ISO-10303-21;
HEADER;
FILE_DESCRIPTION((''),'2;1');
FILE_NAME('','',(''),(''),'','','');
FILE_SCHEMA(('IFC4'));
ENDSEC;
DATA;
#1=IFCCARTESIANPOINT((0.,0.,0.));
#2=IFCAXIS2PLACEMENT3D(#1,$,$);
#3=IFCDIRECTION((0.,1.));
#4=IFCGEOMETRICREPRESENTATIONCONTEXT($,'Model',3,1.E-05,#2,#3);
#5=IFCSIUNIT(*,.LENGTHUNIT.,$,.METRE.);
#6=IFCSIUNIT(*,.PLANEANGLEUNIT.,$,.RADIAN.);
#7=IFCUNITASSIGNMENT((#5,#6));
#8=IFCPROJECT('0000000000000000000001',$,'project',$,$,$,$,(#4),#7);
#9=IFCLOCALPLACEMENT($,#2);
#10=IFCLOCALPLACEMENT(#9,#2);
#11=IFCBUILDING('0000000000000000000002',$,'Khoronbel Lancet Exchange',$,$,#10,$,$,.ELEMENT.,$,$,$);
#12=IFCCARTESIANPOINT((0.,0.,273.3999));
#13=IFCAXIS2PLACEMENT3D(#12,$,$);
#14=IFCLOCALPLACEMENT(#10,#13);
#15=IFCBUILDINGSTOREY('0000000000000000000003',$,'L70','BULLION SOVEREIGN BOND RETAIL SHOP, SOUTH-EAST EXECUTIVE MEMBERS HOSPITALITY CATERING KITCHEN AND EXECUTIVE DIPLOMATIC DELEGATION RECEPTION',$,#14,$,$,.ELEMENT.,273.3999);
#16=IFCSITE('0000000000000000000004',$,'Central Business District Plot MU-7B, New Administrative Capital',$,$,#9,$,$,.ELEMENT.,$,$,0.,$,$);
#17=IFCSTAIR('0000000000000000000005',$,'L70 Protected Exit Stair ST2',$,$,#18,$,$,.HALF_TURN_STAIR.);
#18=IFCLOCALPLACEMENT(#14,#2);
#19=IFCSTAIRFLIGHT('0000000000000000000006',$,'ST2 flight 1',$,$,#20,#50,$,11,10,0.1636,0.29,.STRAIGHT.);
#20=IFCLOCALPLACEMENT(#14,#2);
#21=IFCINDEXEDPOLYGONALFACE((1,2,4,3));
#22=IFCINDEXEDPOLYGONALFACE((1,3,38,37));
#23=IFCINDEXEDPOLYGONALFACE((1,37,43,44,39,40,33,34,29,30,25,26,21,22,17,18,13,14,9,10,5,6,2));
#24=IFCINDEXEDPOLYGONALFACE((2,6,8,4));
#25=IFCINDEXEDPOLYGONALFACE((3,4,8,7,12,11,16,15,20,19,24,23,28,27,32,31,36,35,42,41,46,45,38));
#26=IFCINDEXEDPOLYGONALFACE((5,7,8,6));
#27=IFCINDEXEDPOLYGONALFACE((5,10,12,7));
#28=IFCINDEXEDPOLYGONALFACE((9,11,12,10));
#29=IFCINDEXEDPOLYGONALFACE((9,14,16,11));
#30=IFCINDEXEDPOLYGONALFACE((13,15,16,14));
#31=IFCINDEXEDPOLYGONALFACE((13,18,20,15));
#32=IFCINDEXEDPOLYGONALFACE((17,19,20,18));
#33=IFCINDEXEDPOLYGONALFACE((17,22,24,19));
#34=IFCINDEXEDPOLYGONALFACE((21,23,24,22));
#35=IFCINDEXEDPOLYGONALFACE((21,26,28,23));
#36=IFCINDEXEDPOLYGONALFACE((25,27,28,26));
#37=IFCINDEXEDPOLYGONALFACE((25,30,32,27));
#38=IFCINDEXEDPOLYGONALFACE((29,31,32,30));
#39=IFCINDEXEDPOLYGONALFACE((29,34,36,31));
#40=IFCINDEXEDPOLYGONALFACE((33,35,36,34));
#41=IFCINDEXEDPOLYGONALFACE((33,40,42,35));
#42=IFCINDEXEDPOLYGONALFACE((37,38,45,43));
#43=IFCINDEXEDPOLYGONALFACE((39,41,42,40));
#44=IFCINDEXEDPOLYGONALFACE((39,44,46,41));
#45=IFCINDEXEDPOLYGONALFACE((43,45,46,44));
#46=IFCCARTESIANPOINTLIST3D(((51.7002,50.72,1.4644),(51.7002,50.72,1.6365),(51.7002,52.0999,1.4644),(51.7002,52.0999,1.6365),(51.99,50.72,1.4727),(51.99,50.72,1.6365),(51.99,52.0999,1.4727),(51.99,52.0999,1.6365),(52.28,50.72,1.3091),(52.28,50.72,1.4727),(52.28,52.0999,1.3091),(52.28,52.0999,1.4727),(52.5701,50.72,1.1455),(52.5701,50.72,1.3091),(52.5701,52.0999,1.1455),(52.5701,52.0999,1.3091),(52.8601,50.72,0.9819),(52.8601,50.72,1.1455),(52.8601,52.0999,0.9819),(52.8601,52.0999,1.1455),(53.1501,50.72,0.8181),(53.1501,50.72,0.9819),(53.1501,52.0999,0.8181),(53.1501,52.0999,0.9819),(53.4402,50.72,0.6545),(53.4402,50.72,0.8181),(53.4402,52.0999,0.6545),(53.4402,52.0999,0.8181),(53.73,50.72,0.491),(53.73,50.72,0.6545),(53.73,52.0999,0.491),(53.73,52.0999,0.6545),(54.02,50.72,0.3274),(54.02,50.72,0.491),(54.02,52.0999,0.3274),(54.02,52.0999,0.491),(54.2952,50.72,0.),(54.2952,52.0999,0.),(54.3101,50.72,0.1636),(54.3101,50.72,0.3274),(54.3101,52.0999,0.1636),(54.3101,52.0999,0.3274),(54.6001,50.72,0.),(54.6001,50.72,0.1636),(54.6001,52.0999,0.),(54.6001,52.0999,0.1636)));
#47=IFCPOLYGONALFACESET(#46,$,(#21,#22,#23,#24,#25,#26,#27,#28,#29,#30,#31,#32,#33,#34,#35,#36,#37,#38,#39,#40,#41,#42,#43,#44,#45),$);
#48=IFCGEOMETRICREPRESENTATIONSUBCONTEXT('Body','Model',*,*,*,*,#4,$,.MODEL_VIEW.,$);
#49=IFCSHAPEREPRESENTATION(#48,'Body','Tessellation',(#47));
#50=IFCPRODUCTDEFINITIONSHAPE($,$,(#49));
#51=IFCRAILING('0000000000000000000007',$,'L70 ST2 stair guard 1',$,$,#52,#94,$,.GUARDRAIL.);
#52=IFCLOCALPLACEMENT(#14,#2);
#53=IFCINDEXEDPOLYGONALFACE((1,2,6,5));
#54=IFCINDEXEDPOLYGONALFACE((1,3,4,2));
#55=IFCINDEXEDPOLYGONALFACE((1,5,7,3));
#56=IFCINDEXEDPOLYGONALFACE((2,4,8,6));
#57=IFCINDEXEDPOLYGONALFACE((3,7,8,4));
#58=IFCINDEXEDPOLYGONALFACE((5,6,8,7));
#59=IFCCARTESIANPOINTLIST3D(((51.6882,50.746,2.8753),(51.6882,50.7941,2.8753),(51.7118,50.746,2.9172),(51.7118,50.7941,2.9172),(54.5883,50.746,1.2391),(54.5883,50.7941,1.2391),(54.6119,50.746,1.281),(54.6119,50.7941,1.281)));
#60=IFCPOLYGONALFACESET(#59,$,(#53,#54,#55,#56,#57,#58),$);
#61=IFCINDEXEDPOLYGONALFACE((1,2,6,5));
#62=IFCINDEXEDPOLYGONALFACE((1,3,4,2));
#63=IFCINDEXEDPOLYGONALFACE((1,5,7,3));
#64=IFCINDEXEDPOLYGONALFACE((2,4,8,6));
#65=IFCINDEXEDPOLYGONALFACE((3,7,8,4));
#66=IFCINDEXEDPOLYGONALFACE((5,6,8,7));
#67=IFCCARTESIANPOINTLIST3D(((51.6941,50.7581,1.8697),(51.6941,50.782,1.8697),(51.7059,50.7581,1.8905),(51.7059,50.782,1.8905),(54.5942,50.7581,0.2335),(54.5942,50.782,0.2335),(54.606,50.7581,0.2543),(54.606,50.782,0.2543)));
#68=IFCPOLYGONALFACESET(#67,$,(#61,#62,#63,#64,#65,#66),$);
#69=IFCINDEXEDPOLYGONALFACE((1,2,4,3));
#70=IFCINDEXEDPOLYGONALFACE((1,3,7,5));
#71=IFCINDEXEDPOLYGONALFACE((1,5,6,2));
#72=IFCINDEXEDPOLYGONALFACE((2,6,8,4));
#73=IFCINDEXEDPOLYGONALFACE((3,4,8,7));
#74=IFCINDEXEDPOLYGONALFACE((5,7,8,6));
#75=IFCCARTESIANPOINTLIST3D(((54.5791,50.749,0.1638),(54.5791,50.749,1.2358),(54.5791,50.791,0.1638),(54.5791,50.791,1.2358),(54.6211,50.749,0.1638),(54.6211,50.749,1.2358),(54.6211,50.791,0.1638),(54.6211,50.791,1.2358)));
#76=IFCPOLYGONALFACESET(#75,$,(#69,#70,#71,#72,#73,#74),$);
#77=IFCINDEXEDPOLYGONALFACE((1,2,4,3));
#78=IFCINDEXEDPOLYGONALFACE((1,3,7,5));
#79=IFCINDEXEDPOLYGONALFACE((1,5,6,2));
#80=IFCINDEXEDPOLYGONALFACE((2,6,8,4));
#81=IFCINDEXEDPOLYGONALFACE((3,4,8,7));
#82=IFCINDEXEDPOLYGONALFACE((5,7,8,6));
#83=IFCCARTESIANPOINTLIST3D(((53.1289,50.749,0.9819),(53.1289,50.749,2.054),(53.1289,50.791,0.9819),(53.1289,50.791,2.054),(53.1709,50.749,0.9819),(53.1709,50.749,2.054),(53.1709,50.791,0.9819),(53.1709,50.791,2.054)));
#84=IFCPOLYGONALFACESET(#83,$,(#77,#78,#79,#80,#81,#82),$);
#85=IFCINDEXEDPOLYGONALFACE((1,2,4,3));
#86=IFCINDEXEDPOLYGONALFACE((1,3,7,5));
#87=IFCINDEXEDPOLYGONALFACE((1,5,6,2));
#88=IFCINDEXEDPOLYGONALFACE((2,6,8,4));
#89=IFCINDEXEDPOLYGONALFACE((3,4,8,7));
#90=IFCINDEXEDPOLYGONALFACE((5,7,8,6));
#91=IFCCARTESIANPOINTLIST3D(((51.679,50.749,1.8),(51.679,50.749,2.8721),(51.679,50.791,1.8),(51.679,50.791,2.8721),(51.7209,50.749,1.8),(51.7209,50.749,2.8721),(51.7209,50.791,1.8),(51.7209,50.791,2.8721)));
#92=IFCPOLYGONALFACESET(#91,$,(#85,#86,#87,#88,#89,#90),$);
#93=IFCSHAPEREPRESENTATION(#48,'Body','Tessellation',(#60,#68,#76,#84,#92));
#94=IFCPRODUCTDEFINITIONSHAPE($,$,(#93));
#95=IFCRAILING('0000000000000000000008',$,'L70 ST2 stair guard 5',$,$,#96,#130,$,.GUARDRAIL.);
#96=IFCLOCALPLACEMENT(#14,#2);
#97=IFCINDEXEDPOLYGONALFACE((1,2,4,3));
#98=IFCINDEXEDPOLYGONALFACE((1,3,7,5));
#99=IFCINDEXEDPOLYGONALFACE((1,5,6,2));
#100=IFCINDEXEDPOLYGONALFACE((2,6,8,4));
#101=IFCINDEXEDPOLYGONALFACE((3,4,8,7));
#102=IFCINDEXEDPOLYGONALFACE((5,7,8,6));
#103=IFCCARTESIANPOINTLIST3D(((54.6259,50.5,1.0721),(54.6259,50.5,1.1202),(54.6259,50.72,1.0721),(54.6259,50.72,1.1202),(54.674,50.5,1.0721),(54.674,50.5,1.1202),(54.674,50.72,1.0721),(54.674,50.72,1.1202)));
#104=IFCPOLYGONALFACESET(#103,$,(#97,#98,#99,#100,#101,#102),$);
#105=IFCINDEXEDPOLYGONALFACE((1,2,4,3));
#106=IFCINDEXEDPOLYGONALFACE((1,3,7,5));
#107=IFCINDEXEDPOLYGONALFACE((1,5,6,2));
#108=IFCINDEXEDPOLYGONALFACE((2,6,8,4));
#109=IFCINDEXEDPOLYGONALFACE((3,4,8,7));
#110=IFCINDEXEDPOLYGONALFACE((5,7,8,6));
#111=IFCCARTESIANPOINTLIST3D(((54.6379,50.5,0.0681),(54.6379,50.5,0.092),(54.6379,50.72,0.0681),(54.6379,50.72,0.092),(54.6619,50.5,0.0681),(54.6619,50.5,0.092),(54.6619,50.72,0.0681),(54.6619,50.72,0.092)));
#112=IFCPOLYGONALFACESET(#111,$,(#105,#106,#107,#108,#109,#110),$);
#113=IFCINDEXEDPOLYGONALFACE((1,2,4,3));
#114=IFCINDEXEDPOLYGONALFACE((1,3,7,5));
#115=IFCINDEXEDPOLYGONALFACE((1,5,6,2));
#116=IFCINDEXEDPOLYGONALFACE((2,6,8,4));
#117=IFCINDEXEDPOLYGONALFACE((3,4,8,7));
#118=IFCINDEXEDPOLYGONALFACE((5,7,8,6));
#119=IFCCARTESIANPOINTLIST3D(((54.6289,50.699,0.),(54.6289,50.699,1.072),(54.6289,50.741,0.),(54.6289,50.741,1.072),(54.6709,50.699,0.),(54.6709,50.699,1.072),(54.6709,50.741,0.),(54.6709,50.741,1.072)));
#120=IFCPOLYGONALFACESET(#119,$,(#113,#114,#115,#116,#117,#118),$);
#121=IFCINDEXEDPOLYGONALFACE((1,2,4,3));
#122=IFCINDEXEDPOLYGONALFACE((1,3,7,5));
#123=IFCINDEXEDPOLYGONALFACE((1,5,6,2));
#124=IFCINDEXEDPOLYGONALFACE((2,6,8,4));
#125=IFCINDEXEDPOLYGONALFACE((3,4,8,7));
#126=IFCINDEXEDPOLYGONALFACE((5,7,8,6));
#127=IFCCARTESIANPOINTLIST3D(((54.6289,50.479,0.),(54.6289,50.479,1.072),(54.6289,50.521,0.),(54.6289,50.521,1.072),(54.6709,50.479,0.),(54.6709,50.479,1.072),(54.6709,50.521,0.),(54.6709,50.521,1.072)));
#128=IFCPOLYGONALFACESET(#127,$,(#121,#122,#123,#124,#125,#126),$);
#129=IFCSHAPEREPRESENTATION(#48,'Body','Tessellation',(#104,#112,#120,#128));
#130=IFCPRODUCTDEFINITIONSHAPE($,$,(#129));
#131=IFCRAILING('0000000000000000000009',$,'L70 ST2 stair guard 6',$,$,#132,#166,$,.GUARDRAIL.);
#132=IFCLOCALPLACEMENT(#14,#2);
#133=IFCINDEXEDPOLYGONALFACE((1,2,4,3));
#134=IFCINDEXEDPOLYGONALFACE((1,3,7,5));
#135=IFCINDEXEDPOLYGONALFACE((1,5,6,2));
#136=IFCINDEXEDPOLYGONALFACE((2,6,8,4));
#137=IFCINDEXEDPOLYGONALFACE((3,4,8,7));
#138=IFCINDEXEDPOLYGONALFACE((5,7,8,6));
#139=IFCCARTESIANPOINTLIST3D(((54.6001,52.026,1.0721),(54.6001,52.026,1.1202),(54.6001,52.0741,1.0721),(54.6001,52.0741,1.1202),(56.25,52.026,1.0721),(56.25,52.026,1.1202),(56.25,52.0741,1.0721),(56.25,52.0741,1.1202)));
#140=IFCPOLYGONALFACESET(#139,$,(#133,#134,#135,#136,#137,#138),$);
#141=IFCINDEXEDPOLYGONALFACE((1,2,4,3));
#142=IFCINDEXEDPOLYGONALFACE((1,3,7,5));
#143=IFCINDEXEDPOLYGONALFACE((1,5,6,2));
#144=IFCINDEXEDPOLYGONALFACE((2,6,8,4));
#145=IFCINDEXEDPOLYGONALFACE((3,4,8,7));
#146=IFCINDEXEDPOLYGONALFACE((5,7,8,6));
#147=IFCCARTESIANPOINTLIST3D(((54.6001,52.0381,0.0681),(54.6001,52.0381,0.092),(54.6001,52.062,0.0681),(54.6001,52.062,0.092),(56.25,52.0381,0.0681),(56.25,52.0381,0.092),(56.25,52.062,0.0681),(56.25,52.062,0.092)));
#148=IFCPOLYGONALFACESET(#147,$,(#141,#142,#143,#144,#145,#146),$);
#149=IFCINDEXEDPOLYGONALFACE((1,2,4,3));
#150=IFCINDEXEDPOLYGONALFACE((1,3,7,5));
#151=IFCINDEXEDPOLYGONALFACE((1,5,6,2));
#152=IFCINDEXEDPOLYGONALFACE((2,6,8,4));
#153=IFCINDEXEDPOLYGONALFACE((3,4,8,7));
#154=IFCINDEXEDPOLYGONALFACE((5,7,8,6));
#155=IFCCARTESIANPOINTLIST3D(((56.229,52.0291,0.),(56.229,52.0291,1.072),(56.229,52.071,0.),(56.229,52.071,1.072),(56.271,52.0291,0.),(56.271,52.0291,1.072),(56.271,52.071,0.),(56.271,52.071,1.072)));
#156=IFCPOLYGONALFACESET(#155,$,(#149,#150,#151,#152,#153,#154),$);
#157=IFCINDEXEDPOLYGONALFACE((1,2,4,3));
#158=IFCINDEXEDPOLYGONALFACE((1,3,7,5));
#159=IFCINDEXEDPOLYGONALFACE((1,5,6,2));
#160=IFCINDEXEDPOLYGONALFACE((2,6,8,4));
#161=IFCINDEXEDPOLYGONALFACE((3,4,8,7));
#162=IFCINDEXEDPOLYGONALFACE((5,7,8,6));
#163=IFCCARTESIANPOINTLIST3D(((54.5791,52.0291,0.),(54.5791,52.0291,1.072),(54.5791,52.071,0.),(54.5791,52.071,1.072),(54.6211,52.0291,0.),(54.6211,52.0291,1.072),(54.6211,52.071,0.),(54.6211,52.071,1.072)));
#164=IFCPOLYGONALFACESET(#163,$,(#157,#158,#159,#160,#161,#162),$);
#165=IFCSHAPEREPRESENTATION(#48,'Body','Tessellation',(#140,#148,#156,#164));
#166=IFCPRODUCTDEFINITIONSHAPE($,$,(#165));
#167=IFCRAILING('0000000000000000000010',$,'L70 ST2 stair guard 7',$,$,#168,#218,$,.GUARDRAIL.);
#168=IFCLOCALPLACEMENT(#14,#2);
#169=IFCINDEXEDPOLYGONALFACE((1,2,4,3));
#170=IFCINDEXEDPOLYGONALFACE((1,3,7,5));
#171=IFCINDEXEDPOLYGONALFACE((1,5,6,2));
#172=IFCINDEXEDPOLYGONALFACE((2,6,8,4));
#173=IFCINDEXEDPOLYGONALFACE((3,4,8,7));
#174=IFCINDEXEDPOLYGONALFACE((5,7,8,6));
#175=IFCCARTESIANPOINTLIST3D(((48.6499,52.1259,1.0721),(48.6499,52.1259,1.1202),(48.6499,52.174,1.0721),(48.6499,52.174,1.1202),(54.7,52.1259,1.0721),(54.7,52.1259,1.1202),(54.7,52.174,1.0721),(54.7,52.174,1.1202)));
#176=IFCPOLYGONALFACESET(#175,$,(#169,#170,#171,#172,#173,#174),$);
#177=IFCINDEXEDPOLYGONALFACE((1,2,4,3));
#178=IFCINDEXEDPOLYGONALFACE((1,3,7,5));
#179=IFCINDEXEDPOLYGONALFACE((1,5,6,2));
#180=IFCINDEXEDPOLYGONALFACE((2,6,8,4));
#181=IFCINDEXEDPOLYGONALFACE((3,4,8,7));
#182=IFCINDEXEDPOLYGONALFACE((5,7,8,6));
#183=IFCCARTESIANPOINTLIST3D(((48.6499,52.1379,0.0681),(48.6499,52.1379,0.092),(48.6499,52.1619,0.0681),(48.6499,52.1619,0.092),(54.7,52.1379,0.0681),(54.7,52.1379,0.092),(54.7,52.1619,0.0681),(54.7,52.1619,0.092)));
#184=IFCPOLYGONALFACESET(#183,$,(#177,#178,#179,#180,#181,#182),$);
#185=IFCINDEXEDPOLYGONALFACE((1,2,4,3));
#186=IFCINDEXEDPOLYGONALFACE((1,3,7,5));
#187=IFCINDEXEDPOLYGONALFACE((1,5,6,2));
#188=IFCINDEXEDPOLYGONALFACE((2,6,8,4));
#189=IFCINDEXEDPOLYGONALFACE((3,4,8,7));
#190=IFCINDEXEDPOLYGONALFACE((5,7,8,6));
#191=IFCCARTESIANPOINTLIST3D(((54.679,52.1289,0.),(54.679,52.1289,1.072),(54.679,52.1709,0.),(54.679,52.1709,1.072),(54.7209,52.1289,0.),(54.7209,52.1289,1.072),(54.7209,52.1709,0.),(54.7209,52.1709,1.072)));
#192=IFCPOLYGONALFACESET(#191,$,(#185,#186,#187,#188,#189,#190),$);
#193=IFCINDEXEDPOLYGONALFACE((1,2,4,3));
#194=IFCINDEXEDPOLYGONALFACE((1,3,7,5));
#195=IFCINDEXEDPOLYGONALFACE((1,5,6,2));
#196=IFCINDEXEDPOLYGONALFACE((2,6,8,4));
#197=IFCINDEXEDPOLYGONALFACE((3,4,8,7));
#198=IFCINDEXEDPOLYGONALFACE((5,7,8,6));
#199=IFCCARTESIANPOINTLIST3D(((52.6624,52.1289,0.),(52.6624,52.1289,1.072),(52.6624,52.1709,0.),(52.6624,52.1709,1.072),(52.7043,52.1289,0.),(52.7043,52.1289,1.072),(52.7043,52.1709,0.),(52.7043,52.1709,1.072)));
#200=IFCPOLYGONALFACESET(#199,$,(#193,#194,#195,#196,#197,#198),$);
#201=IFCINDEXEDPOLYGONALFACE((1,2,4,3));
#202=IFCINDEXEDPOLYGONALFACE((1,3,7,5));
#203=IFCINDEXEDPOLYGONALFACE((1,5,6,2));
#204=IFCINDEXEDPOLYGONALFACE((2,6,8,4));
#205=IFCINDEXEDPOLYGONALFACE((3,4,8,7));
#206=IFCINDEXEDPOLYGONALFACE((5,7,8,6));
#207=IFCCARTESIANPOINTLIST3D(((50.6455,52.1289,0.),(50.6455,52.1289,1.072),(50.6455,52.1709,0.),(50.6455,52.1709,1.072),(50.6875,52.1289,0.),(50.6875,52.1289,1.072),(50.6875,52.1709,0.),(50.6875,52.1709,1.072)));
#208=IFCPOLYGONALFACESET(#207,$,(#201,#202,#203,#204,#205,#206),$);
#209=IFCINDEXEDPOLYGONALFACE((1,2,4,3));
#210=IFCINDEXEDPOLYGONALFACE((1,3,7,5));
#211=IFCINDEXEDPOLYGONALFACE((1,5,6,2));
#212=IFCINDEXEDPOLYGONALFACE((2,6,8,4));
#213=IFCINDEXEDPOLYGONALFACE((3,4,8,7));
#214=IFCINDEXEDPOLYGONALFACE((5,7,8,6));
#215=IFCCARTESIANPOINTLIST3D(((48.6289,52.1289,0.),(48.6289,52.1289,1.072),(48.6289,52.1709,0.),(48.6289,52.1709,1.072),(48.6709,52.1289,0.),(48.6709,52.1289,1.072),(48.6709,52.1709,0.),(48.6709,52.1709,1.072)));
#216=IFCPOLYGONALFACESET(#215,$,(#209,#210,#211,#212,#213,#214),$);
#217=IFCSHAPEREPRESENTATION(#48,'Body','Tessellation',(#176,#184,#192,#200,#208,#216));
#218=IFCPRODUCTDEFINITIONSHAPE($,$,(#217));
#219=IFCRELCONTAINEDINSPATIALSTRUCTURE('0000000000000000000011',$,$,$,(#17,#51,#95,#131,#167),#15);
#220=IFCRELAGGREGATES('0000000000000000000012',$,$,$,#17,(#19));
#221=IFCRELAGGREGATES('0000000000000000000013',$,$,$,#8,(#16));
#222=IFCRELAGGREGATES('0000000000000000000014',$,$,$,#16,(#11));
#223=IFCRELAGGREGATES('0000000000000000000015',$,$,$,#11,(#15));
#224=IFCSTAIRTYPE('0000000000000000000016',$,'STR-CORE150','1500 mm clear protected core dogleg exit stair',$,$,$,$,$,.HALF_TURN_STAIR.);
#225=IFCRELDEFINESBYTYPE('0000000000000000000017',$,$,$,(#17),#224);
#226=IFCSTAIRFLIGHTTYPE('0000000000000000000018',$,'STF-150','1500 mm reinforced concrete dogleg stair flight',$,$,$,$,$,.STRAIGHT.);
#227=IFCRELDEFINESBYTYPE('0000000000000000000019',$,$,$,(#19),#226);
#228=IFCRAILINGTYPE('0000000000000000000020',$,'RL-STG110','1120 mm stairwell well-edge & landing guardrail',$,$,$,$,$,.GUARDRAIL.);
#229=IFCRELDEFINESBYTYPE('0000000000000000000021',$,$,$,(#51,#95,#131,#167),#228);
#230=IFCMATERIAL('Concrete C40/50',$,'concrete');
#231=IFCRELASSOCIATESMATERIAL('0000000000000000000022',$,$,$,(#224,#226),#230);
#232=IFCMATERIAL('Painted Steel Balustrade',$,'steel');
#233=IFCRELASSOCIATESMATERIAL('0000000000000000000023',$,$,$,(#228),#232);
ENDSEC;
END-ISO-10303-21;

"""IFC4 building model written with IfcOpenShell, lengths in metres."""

from ifc_helpers import new_model, si_unit, direction, frame, origin, origin_2d, place, context, subcontext, project, spatial, polyline, rectangle, outline, extrude, material, type_object, element, aggregate, save


model = new_model("IFC4")

# Units and contexts
model_context = context("Model", 3, precision=1e-05, world=origin(), true_north=direction((0.0, 1.0)))
body_context = subcontext(model_context, "Body", "Model", "MODEL_VIEW")
ifc_project = project(units=[si_unit("LENGTHUNIT", "METRE"), si_unit("PLANEANGLEUNIT", "RADIAN")], contexts=[model_context])

# Site, building, storey
site_placement = place(None, origin())
site = spatial("IfcSite", under=ifc_project, at=site_placement, Name="Central Business District Plot MU-7B, New Administrative Capital", CompositionType="ELEMENT", RefElevation=0.0)
building_placement = place(site_placement, origin())
building = spatial("IfcBuilding", under=site, at=building_placement, Name="Khoronbel Lancet Exchange", CompositionType="ELEMENT")
storey_placement = place(building_placement, frame((0.0, 0.0, 273.3999)))
storey = spatial("IfcBuildingStorey", under=building, at=storey_placement, Name="L70", Description="BULLION SOVEREIGN BOND RETAIL SHOP, SOUTH-EAST EXECUTIVE MEMBERS HOSPITALITY CATERING KITCHEN AND EXECUTIVE DIPLOMATIC DELEGATION RECEPTION", CompositionType="ELEMENT", Elevation=273.3999)

# Stair, stair flight
ifc_material_1 = material(Name="Concrete C40/50", Category="concrete")
stair_type = type_object("IfcStairType", Name="STR-CORE150", Description="1500 mm clear protected core dogleg exit stair", PredefinedType="HALF_TURN_STAIR", material=ifc_material_1)
stair_placement = place(storey_placement, origin())
stair = element("IfcStair", 1, at=stair_placement, inside=storey, type_object=stair_type, Name="L70 Protected Exit Stair ST2", PredefinedType="HALF_TURN_STAIR")
stair_flight_type = type_object("IfcStairFlightType", Name="STF-150", Description="1500 mm reinforced concrete dogleg stair flight", PredefinedType="STRAIGHT", material=ifc_material_1)
stair_flight_placement = place(storey_placement, frame((54.6001, 51.4099, 0.0), z_axis=(0.0, 0.0, 1.0), x_axis=(-1.0, 0.0, 0.0)))
stair_flight = element("IfcStairFlight", 2, at=stair_flight_placement, type_object=stair_flight_type, Name="ST2 flight 1", NumberOfRisers=11, NumberOfTreads=10, PredefinedType="STRAIGHT", RiserHeight=0.1636, TreadLength=0.29, context=body_context, shape_type="SweptSolid", body=[
    extrude(outline(polyline([(0.0, 0.0), (0.0, 0.1636), (0.29, 0.1636), (0.29, 0.3274), (0.5801, 0.3274), (0.5801, 0.491), (0.8701, 0.491), (0.8701, 0.6545), (1.1599, 0.6545), (1.1599, 0.8181), (1.45, 0.8181), (1.45, 0.9819), (1.74, 0.9819), (1.74, 1.1455), (2.03, 1.1455), (2.03, 1.3091), (2.3201, 1.3091), (2.3201, 1.4727), (2.6101, 1.4727), (2.6101, 1.6365), (2.8999, 1.6365), (2.8999, 1.8), (2.8999, 1.4644), (0.3049, 0.0), (0.0, 0.0)])), frame((0.0, 0.6899, 0.0), z_axis=(0.0, -1.0, 0.0), x_axis=(1.0, 0.0, 0.0)), (0.0, 0.0, 1.0), 1.3799),
])
aggregate(stair, [stair_flight])

# Railings
ifc_material_2 = material(Name="Painted Steel Balustrade", Category="steel")
railing_type_1 = type_object("IfcRailingType", Name="RL-STG110", Description="1120 mm stairwell well-edge & landing guardrail", PredefinedType="GUARDRAIL", material=ifc_material_2)
railing_1_placement = place(storey_placement, frame((54.6001, 50.77, 0.1638)))
element("IfcRailing", 3, at=railing_1_placement, inside=storey, type_object=railing_type_1, Name="L70 ST2 stair guard 1", PredefinedType="GUARDRAIL", context=body_context, shape_type="SweptSolid", body=[
    extrude(rectangle(XDim=0.0481, YDim=0.0481, at=origin_2d()), frame((0.0, 0.0, 1.0962), z_axis=(-0.870946, 0.0, 0.491378), x_axis=(0.0, -1.0, 0.0)), (0.0, 0.0, 1.0), 3.3298),
    extrude(rectangle(XDim=0.0239, YDim=0.0239, at=origin_2d()), frame((0.0, 0.0, 0.0801), z_axis=(-0.870946, 0.0, 0.491378), x_axis=(0.0, -1.0, 0.0)), (0.0, 0.0, 1.0), 3.3298),
    extrude(rectangle(XDim=0.042, YDim=0.042, at=origin_2d()), origin(), (0.0, 0.0, 1.0), 1.072),
    extrude(rectangle(XDim=0.042, YDim=0.042, at=origin_2d()), frame((-1.4502, 0.0, 0.8181)), (0.0, 0.0, 1.0), 1.072),
    extrude(rectangle(XDim=0.042, YDim=0.042, at=origin_2d()), frame((-2.9001, 0.0, 1.6362)), (0.0, 0.0, 1.0), 1.072),
])
railing_2_placement = place(storey_placement, frame((54.6499, 50.72, 0.0)))
element("IfcRailing", 4, at=railing_2_placement, inside=storey, type_object=railing_type_1, Name="L70 ST2 stair guard 5", PredefinedType="GUARDRAIL", context=body_context, shape_type="SweptSolid", body=[
    extrude(rectangle(XDim=0.0481, YDim=0.0481, at=origin_2d()), frame((0.0, 0.0, 1.0962), z_axis=(0.0, -1.0, 0.0), x_axis=(1.0, 0.0, 0.0)), (0.0, 0.0, 1.0), 0.22),
    extrude(rectangle(XDim=0.0239, YDim=0.0239, at=origin_2d()), frame((0.0, 0.0, 0.0801), z_axis=(0.0, -1.0, 0.0), x_axis=(1.0, 0.0, 0.0)), (0.0, 0.0, 1.0), 0.22),
    extrude(rectangle(XDim=0.042, YDim=0.042, at=origin_2d()), origin(), (0.0, 0.0, 1.0), 1.072),
    extrude(rectangle(XDim=0.042, YDim=0.042, at=origin_2d()), frame((0.0, -0.22, 0.0)), (0.0, 0.0, 1.0), 1.072),
])
railing_3_placement = place(storey_placement, frame((56.25, 52.05, 0.0)))
element("IfcRailing", 5, at=railing_3_placement, inside=storey, type_object=railing_type_1, Name="L70 ST2 stair guard 6", PredefinedType="GUARDRAIL", context=body_context, shape_type="SweptSolid", body=[
    extrude(rectangle(XDim=0.0481, YDim=0.0481, at=origin_2d()), frame((0.0, 0.0, 1.0962), z_axis=(-1.0, 0.0, 0.0), x_axis=(0.0, -1.0, 0.0)), (0.0, 0.0, 1.0), 1.6499),
    extrude(rectangle(XDim=0.0239, YDim=0.0239, at=origin_2d()), frame((0.0, 0.0, 0.0801), z_axis=(-1.0, 0.0, 0.0), x_axis=(0.0, -1.0, 0.0)), (0.0, 0.0, 1.0), 1.6499),
    extrude(rectangle(XDim=0.042, YDim=0.042, at=origin_2d()), origin(), (0.0, 0.0, 1.0), 1.072),
    extrude(rectangle(XDim=0.042, YDim=0.042, at=origin_2d()), frame((-1.6499, 0.0, 0.0)), (0.0, 0.0, 1.0), 1.072),
])
railing_4_placement = place(storey_placement, frame((54.7, 52.1499, 0.0)))
element("IfcRailing", 6, at=railing_4_placement, inside=storey, type_object=railing_type_1, Name="L70 ST2 stair guard 7", PredefinedType="GUARDRAIL", context=body_context, shape_type="SweptSolid", body=[
    extrude(rectangle(XDim=0.0481, YDim=0.0481, at=origin_2d()), frame((0.0, 0.0, 1.0962), z_axis=(-1.0, 0.0, 0.0), x_axis=(0.0, -1.0, 0.0)), (0.0, 0.0, 1.0), 6.05),
    extrude(rectangle(XDim=0.0239, YDim=0.0239, at=origin_2d()), frame((0.0, 0.0, 0.0801), z_axis=(-1.0, 0.0, 0.0), x_axis=(0.0, -1.0, 0.0)), (0.0, 0.0, 1.0), 6.05),
    extrude(rectangle(XDim=0.042, YDim=0.042, at=origin_2d()), origin(), (0.0, 0.0, 1.0), 1.072),
    extrude(rectangle(XDim=0.042, YDim=0.042, at=origin_2d()), frame((-2.0166, 0.0, 0.0)), (0.0, 0.0, 1.0), 1.072),
    extrude(rectangle(XDim=0.042, YDim=0.042, at=origin_2d()), frame((-4.0334, 0.0, 0.0)), (0.0, 0.0, 1.0), 1.072),
    extrude(rectangle(XDim=0.042, YDim=0.042, at=origin_2d()), frame((-6.05, 0.0, 0.0)), (0.0, 0.0, 1.0), 1.072),
])

save(model, "model.ifc")
